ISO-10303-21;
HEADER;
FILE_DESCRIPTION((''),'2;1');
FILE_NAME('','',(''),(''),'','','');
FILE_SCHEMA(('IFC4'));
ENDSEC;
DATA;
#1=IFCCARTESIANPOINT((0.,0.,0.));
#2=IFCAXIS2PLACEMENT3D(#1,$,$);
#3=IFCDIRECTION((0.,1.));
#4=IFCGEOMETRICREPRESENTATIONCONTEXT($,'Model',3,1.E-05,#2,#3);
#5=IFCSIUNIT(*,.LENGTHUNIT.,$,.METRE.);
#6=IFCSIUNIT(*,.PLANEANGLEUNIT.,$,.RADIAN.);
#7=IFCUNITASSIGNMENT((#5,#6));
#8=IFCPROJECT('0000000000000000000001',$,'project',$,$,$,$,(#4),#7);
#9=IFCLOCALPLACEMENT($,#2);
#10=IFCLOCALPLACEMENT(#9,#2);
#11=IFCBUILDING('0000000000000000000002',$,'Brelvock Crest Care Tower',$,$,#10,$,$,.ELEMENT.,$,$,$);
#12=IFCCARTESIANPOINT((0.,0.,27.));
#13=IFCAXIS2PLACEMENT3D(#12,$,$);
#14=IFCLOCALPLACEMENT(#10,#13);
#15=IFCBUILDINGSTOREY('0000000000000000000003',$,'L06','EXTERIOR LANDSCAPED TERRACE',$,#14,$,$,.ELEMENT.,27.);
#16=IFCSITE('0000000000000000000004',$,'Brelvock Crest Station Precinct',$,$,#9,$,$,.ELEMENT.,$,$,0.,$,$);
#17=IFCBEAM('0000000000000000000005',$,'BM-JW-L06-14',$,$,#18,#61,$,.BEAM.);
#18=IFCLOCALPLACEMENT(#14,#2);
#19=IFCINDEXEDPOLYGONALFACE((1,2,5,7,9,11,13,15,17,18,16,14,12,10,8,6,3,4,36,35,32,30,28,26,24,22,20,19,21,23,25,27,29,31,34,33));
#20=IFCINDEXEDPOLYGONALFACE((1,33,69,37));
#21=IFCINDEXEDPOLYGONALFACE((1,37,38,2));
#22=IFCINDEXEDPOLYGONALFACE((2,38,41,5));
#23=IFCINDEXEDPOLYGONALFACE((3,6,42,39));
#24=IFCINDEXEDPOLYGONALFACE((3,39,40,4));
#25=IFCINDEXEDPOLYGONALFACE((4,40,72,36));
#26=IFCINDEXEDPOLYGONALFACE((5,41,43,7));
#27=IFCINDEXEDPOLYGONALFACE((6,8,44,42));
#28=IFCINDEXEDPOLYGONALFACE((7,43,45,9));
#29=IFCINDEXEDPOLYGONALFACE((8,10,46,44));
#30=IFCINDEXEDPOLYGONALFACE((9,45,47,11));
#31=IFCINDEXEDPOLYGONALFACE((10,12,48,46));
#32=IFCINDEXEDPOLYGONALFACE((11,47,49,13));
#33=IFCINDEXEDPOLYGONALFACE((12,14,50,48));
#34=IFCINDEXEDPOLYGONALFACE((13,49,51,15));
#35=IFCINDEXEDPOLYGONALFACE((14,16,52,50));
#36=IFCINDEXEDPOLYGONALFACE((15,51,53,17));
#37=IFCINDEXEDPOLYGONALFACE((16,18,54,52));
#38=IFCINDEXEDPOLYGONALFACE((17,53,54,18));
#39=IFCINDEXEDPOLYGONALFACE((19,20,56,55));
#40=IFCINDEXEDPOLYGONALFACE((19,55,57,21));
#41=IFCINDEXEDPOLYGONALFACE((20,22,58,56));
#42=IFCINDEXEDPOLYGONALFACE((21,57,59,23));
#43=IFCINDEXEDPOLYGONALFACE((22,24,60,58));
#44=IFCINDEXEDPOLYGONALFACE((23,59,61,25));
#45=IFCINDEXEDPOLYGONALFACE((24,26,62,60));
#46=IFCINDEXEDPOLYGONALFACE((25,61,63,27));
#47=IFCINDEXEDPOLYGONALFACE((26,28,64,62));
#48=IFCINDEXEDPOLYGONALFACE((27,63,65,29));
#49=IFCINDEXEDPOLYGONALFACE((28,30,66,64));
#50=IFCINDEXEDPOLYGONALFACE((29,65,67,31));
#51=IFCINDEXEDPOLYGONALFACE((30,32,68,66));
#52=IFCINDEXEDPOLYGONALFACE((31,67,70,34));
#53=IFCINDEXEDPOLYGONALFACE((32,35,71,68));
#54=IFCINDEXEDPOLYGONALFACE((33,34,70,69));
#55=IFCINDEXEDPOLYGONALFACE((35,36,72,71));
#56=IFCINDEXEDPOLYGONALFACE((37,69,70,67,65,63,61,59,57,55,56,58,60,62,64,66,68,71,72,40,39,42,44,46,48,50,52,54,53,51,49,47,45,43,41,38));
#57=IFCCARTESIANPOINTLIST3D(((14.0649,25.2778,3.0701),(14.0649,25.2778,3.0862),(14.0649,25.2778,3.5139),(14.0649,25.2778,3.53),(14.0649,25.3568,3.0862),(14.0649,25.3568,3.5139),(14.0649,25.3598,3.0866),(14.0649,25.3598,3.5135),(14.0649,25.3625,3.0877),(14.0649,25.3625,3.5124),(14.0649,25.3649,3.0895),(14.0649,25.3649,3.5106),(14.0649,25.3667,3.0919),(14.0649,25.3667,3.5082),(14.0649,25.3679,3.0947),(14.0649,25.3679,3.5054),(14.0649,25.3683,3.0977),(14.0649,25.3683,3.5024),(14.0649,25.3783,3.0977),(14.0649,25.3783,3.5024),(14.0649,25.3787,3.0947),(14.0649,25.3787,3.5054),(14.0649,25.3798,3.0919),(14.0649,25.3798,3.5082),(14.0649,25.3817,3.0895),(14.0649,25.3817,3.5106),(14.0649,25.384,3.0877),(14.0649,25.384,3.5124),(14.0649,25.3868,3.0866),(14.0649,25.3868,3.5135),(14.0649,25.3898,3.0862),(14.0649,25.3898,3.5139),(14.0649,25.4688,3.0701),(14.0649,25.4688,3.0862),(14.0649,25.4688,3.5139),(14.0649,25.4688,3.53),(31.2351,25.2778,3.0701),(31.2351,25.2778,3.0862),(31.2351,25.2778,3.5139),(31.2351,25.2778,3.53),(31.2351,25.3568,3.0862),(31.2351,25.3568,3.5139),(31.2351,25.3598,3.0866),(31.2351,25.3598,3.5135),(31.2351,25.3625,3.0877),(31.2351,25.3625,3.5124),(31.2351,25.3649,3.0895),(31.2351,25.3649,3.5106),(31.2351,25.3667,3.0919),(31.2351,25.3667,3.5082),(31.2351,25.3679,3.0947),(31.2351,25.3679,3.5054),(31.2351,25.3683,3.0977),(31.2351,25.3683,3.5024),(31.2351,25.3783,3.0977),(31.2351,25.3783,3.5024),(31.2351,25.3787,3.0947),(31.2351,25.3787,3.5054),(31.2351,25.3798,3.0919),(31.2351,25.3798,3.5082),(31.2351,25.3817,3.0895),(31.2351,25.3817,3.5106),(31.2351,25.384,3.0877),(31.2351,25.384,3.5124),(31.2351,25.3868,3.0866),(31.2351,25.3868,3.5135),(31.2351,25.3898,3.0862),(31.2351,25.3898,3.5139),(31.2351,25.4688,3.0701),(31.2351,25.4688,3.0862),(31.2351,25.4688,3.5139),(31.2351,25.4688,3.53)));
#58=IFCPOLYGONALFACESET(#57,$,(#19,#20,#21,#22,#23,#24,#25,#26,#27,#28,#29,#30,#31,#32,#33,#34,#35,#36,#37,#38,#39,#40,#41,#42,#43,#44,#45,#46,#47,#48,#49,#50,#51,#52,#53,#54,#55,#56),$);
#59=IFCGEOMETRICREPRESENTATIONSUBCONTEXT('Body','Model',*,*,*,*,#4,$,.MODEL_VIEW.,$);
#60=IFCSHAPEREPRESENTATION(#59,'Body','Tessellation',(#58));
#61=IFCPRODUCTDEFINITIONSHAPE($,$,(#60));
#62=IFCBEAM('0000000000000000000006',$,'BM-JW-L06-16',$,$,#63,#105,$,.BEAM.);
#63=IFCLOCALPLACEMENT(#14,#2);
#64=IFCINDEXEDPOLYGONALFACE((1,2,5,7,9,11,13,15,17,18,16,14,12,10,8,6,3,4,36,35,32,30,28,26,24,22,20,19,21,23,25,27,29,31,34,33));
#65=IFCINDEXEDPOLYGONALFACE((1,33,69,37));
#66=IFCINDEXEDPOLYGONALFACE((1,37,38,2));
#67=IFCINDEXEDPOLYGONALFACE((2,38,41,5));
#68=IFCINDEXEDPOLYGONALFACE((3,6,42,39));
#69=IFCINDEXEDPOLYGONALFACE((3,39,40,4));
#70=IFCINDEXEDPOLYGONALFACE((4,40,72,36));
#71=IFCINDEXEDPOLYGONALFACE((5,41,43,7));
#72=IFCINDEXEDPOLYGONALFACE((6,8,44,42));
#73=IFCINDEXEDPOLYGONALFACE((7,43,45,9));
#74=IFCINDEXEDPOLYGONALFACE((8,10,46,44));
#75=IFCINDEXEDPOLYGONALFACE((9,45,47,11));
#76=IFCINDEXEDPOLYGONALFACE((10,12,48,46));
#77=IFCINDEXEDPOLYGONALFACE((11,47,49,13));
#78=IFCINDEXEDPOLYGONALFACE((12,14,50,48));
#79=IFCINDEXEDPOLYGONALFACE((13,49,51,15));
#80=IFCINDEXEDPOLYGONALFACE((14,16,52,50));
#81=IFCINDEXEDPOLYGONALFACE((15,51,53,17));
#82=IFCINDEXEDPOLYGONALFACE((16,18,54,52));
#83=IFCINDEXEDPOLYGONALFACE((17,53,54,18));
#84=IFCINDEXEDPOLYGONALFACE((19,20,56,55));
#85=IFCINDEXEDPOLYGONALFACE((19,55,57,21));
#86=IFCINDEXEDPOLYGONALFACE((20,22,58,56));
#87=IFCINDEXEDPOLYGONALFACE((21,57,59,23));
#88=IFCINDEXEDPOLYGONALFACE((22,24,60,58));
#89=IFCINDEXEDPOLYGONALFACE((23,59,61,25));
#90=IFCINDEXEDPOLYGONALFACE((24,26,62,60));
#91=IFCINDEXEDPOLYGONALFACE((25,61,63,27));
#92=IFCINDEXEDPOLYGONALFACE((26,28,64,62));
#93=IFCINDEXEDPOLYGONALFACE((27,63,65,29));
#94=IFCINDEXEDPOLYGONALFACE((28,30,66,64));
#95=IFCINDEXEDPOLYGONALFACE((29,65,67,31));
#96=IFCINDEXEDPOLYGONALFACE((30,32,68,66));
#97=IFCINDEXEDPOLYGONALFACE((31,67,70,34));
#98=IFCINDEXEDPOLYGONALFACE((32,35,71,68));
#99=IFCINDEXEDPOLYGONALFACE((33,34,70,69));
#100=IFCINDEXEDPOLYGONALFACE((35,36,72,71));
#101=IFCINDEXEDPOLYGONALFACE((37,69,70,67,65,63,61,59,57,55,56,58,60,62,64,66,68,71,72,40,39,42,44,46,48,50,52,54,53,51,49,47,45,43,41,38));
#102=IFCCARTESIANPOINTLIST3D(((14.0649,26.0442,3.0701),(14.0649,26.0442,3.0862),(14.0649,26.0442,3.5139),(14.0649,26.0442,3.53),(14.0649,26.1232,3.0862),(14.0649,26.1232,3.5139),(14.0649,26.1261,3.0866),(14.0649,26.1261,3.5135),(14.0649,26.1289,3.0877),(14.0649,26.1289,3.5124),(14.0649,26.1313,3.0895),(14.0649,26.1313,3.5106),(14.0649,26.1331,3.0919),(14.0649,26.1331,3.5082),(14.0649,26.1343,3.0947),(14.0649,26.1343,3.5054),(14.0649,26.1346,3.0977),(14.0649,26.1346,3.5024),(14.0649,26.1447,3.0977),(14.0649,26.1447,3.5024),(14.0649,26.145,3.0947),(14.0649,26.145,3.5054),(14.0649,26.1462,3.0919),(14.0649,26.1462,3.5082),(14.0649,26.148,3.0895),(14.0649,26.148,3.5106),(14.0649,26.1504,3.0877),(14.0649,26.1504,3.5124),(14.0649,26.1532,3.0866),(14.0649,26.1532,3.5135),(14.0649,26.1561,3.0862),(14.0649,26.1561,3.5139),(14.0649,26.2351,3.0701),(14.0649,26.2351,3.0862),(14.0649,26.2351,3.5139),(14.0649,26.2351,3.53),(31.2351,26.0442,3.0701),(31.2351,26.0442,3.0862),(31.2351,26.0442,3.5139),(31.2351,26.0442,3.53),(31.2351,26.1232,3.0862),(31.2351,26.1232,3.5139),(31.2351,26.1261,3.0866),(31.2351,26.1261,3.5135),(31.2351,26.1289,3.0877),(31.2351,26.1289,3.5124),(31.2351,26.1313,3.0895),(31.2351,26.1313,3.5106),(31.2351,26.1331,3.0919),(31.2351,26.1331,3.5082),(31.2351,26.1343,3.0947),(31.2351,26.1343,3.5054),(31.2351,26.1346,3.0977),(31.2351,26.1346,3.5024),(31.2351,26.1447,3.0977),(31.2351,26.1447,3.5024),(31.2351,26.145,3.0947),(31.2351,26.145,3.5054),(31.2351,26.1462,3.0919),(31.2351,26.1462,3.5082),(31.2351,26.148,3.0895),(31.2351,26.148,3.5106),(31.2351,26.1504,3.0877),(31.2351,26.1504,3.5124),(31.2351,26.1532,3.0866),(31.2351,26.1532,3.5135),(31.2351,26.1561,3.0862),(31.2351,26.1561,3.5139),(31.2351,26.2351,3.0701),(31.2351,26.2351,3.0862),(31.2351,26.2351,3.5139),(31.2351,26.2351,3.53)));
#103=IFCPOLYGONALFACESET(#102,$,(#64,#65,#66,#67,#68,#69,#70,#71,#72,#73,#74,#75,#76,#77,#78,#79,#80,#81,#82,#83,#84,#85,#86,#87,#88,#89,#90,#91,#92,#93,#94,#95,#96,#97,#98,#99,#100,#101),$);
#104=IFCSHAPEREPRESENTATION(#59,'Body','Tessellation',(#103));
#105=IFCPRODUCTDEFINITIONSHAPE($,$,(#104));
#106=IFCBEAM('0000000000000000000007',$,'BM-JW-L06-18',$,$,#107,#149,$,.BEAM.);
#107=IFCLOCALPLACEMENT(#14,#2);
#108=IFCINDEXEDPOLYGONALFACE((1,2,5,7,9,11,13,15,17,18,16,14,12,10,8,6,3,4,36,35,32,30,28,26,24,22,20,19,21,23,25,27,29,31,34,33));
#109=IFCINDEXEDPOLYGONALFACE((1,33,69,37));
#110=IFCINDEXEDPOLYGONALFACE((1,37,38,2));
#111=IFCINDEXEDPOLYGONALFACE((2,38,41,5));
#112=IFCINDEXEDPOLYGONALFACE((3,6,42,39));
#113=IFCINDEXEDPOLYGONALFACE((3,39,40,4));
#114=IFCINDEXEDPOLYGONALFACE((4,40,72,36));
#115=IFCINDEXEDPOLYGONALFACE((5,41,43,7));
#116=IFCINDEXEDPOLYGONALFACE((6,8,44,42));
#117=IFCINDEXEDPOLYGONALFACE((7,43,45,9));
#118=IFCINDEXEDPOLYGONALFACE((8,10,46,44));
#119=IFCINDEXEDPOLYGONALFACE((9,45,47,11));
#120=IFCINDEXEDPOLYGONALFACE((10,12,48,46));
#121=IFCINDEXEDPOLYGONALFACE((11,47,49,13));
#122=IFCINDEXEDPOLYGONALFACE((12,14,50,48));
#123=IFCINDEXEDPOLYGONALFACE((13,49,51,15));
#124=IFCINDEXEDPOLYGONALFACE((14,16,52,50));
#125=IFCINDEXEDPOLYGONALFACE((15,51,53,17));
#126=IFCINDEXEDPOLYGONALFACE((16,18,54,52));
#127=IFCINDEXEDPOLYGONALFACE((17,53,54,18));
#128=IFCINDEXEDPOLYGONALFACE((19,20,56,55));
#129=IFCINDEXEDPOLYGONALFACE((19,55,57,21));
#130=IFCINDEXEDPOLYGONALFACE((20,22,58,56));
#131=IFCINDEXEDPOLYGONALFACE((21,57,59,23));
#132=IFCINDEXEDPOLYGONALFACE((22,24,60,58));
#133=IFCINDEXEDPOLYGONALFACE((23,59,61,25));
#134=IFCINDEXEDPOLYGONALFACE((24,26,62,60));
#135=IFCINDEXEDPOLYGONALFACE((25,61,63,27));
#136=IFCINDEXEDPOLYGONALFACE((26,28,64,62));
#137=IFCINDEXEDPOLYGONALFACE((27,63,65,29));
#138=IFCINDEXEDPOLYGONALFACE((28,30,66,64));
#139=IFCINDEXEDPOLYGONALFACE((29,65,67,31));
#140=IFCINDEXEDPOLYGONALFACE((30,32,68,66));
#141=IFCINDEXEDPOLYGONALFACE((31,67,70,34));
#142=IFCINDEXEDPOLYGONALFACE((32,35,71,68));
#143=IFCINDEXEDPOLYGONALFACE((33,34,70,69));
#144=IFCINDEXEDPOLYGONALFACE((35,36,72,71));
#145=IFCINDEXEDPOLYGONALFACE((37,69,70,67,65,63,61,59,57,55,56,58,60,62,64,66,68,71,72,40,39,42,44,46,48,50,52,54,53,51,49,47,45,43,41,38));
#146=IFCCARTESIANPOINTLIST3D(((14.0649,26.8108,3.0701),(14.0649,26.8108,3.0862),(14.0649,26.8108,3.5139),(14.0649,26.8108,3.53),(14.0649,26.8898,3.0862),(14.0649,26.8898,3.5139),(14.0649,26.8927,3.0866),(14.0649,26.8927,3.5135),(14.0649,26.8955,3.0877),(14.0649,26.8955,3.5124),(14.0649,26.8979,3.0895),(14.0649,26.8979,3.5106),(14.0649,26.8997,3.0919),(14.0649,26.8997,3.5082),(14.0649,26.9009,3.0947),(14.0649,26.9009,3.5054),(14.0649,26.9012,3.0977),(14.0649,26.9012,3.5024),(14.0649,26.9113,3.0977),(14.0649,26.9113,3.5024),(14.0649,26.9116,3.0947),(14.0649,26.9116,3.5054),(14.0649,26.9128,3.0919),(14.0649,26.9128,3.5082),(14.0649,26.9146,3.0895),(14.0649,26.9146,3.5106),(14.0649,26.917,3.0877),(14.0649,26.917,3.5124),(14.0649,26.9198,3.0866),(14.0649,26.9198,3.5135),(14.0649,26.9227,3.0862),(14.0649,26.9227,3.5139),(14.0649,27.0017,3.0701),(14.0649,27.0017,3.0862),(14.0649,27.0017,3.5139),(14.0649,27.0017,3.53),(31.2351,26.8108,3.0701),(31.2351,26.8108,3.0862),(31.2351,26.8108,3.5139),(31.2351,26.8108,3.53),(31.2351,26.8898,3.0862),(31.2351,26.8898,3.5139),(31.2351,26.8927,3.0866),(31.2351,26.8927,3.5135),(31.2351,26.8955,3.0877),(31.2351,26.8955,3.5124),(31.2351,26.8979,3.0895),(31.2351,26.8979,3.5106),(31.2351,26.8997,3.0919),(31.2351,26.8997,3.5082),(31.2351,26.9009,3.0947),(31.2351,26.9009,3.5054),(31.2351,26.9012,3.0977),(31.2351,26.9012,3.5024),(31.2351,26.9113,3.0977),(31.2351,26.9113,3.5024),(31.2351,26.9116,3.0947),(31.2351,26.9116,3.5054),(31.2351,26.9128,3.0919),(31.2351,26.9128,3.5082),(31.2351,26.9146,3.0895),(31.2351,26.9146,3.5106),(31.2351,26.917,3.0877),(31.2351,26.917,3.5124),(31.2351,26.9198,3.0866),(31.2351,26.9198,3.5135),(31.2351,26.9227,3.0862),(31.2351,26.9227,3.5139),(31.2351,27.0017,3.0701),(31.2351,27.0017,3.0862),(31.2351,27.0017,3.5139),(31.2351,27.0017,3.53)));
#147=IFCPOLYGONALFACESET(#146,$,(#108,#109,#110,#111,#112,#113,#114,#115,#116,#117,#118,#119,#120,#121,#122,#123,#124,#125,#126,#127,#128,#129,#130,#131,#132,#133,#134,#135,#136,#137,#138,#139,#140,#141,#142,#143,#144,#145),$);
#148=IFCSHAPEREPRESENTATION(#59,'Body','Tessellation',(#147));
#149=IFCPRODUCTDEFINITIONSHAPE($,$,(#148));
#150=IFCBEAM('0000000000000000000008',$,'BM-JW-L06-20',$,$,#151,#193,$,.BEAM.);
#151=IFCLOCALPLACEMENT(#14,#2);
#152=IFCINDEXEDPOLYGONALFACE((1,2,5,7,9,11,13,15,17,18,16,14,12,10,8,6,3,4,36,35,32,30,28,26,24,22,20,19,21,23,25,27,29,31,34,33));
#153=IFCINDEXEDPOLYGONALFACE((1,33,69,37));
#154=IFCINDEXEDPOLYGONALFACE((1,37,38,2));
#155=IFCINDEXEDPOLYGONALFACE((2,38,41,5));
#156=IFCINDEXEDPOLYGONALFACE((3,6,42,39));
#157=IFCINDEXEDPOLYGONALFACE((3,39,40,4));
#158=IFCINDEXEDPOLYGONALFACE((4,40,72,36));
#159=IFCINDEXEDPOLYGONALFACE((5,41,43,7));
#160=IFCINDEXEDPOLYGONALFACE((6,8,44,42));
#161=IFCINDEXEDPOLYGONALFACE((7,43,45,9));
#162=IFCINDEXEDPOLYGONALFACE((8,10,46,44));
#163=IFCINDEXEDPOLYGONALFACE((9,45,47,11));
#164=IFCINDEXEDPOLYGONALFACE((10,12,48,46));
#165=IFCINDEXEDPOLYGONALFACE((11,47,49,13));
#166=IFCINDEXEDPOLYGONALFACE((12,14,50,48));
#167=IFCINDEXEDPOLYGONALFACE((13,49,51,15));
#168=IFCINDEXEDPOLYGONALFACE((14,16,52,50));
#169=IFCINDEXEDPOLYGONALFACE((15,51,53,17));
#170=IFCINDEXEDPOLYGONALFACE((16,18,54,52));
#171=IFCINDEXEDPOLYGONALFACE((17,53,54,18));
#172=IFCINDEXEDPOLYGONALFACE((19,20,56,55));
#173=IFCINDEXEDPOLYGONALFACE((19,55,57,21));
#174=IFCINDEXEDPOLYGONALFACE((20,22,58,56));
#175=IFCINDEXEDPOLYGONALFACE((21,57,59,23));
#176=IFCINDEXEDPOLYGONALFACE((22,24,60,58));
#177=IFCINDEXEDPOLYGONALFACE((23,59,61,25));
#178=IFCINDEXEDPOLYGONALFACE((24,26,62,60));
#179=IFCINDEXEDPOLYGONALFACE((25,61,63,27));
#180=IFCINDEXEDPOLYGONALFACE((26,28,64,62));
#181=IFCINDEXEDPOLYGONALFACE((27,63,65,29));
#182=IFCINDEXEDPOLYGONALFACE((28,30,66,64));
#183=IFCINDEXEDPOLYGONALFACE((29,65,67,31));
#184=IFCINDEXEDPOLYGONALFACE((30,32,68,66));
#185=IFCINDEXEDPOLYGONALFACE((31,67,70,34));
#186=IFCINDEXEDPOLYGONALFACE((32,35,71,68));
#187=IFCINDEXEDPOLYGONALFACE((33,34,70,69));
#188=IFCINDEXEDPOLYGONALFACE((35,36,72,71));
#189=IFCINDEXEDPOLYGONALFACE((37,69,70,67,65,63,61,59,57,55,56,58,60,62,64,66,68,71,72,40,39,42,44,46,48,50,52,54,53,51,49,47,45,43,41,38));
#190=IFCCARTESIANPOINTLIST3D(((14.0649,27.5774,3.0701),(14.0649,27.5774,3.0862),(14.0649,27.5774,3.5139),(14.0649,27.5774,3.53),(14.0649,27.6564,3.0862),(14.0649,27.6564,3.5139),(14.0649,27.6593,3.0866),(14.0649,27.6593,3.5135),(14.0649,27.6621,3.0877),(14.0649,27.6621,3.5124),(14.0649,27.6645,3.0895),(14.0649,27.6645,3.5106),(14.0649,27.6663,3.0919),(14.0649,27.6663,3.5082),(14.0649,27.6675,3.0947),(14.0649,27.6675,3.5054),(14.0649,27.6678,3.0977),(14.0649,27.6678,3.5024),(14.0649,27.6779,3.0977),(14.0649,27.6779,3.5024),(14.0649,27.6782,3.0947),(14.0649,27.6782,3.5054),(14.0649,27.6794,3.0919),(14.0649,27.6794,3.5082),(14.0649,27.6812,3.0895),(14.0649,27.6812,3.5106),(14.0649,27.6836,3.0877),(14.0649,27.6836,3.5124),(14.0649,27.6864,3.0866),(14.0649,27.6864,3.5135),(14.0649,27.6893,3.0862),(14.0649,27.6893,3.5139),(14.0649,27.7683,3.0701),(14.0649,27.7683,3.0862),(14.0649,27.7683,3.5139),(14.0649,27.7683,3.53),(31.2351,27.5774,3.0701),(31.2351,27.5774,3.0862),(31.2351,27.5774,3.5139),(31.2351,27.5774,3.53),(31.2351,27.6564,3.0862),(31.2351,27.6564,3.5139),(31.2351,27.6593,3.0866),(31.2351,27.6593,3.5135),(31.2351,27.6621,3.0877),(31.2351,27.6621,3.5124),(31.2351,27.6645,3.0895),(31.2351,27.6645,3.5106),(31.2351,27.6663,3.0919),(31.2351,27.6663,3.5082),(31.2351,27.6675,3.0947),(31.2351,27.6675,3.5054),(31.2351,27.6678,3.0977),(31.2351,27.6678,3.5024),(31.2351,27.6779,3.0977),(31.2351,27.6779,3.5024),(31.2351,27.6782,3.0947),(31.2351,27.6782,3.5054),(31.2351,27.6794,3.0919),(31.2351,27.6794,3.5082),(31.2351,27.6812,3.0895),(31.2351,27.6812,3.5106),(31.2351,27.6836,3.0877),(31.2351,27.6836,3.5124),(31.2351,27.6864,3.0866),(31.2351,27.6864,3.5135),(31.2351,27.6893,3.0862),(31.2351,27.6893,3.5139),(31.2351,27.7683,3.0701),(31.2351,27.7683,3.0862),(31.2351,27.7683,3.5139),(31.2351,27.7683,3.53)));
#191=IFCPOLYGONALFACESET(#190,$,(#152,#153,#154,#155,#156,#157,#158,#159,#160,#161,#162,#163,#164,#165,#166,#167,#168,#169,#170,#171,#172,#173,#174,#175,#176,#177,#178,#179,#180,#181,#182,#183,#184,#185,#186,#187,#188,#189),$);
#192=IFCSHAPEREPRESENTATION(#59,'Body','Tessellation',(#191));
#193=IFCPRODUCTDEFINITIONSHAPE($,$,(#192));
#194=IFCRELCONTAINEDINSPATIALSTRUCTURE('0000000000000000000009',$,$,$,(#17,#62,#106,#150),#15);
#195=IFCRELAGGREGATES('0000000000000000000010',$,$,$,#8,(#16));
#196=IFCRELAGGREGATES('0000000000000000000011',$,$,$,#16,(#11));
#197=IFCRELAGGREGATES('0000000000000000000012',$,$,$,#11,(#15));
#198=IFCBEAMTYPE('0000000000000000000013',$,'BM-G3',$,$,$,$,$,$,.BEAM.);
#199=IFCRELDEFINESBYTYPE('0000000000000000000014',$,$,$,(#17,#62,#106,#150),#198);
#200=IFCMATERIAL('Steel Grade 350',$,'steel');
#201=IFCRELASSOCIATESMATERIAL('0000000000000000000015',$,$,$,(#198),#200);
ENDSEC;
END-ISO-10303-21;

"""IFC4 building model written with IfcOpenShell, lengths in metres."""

from ifc_helpers import new_model, si_unit, direction, frame, origin, origin_2d, place, context, subcontext, project, spatial, i_section, extrude, source, transform, mapped, material, material_profile, profile_set, type_object, element, save


model = new_model("IFC4")

# Units and contexts
model_context = context("Model", 3, precision=1e-05, world=origin(), true_north=direction((0.0, 1.0)))
body_context = subcontext(model_context, "Body", "Model", "MODEL_VIEW")
ifc_project = project(units=[si_unit("LENGTHUNIT", "METRE"), si_unit("PLANEANGLEUNIT", "RADIAN")], contexts=[model_context])

# Site, building, storey
site_placement = place(None, origin())
site = spatial("IfcSite", under=ifc_project, at=site_placement, Name="Brelvock Crest Station Precinct", CompositionType="ELEMENT", RefElevation=0.0)
building_placement = place(site_placement, origin())
building = spatial("IfcBuilding", under=site, at=building_placement, Name="Brelvock Crest Care Tower", CompositionType="ELEMENT")
storey_placement = place(building_placement, frame((0.0, 0.0, 27.0)))
storey = spatial("IfcBuildingStorey", under=building, at=storey_placement, Name="L06", Description="EXTERIOR LANDSCAPED TERRACE", CompositionType="ELEMENT", Elevation=27.0)

# Beams
ifc_material_1 = material(Name="Steel Grade 350", Category="steel")
ifc_material_profile_1 = material_profile(ifc_material_1, i_section(OverallWidth=0.1909, OverallDepth=0.46, WebThickness=0.01, FlangeThickness=0.0161, FilletRadius=0.0115, at=origin_2d()), Name="460UB82.1")
ifc_profile_set_1 = profile_set([ifc_material_profile_1], Name="Steel Grade 350")
beam_type_1 = type_object("IfcBeamType", Name="BM-G3", PredefinedType="BEAM", material=ifc_profile_set_1)
shared_shape_1 = source(origin(), body_context, "Body", "SweptSolid", [
    extrude(i_section(OverallWidth=0.1909, OverallDepth=0.46, WebThickness=0.01, FlangeThickness=0.0161, FilletRadius=0.0115, at=origin_2d()), origin(), (0.0, 0.0, 1.0), 17.1702),
])
for number, where, z_axis, x_axis, name in (
    (1, (14.0649, 25.3733, 3.3), (1.0, 0.0, 0.0), (0.0, 1.0, 0.0), "BM-JW-L06-14"),
    (2, (14.0649, 26.1396, 3.3), (1.0, 0.0, 0.0), (0.0, 1.0, 0.0), "BM-JW-L06-16"),
    (3, (14.0649, 26.9062, 3.3), (1.0, 0.0, 0.0), (0.0, 1.0, 0.0), "BM-JW-L06-18"),
    (4, (14.0649, 27.6729, 3.3), (1.0, 0.0, 0.0), (0.0, 1.0, 0.0), "BM-JW-L06-20"),
):
    element("IfcBeam", number, at=place(storey_placement, frame(where, z_axis=z_axis, x_axis=x_axis)), inside=storey, type_object=beam_type_1, Name=name, PredefinedType="BEAM", context=body_context, shape_type="MappedRepresentation", body=[
        mapped(shared_shape_1, transform((0.0, 0.0, 0.0), x_axis=(1.0, 0.0, 0.0), y_axis=(0.0, 1.0, 0.0), z_axis=(0.0, 0.0, 1.0), scale=1.0)),
    ])

save(model, "model.ifc")
